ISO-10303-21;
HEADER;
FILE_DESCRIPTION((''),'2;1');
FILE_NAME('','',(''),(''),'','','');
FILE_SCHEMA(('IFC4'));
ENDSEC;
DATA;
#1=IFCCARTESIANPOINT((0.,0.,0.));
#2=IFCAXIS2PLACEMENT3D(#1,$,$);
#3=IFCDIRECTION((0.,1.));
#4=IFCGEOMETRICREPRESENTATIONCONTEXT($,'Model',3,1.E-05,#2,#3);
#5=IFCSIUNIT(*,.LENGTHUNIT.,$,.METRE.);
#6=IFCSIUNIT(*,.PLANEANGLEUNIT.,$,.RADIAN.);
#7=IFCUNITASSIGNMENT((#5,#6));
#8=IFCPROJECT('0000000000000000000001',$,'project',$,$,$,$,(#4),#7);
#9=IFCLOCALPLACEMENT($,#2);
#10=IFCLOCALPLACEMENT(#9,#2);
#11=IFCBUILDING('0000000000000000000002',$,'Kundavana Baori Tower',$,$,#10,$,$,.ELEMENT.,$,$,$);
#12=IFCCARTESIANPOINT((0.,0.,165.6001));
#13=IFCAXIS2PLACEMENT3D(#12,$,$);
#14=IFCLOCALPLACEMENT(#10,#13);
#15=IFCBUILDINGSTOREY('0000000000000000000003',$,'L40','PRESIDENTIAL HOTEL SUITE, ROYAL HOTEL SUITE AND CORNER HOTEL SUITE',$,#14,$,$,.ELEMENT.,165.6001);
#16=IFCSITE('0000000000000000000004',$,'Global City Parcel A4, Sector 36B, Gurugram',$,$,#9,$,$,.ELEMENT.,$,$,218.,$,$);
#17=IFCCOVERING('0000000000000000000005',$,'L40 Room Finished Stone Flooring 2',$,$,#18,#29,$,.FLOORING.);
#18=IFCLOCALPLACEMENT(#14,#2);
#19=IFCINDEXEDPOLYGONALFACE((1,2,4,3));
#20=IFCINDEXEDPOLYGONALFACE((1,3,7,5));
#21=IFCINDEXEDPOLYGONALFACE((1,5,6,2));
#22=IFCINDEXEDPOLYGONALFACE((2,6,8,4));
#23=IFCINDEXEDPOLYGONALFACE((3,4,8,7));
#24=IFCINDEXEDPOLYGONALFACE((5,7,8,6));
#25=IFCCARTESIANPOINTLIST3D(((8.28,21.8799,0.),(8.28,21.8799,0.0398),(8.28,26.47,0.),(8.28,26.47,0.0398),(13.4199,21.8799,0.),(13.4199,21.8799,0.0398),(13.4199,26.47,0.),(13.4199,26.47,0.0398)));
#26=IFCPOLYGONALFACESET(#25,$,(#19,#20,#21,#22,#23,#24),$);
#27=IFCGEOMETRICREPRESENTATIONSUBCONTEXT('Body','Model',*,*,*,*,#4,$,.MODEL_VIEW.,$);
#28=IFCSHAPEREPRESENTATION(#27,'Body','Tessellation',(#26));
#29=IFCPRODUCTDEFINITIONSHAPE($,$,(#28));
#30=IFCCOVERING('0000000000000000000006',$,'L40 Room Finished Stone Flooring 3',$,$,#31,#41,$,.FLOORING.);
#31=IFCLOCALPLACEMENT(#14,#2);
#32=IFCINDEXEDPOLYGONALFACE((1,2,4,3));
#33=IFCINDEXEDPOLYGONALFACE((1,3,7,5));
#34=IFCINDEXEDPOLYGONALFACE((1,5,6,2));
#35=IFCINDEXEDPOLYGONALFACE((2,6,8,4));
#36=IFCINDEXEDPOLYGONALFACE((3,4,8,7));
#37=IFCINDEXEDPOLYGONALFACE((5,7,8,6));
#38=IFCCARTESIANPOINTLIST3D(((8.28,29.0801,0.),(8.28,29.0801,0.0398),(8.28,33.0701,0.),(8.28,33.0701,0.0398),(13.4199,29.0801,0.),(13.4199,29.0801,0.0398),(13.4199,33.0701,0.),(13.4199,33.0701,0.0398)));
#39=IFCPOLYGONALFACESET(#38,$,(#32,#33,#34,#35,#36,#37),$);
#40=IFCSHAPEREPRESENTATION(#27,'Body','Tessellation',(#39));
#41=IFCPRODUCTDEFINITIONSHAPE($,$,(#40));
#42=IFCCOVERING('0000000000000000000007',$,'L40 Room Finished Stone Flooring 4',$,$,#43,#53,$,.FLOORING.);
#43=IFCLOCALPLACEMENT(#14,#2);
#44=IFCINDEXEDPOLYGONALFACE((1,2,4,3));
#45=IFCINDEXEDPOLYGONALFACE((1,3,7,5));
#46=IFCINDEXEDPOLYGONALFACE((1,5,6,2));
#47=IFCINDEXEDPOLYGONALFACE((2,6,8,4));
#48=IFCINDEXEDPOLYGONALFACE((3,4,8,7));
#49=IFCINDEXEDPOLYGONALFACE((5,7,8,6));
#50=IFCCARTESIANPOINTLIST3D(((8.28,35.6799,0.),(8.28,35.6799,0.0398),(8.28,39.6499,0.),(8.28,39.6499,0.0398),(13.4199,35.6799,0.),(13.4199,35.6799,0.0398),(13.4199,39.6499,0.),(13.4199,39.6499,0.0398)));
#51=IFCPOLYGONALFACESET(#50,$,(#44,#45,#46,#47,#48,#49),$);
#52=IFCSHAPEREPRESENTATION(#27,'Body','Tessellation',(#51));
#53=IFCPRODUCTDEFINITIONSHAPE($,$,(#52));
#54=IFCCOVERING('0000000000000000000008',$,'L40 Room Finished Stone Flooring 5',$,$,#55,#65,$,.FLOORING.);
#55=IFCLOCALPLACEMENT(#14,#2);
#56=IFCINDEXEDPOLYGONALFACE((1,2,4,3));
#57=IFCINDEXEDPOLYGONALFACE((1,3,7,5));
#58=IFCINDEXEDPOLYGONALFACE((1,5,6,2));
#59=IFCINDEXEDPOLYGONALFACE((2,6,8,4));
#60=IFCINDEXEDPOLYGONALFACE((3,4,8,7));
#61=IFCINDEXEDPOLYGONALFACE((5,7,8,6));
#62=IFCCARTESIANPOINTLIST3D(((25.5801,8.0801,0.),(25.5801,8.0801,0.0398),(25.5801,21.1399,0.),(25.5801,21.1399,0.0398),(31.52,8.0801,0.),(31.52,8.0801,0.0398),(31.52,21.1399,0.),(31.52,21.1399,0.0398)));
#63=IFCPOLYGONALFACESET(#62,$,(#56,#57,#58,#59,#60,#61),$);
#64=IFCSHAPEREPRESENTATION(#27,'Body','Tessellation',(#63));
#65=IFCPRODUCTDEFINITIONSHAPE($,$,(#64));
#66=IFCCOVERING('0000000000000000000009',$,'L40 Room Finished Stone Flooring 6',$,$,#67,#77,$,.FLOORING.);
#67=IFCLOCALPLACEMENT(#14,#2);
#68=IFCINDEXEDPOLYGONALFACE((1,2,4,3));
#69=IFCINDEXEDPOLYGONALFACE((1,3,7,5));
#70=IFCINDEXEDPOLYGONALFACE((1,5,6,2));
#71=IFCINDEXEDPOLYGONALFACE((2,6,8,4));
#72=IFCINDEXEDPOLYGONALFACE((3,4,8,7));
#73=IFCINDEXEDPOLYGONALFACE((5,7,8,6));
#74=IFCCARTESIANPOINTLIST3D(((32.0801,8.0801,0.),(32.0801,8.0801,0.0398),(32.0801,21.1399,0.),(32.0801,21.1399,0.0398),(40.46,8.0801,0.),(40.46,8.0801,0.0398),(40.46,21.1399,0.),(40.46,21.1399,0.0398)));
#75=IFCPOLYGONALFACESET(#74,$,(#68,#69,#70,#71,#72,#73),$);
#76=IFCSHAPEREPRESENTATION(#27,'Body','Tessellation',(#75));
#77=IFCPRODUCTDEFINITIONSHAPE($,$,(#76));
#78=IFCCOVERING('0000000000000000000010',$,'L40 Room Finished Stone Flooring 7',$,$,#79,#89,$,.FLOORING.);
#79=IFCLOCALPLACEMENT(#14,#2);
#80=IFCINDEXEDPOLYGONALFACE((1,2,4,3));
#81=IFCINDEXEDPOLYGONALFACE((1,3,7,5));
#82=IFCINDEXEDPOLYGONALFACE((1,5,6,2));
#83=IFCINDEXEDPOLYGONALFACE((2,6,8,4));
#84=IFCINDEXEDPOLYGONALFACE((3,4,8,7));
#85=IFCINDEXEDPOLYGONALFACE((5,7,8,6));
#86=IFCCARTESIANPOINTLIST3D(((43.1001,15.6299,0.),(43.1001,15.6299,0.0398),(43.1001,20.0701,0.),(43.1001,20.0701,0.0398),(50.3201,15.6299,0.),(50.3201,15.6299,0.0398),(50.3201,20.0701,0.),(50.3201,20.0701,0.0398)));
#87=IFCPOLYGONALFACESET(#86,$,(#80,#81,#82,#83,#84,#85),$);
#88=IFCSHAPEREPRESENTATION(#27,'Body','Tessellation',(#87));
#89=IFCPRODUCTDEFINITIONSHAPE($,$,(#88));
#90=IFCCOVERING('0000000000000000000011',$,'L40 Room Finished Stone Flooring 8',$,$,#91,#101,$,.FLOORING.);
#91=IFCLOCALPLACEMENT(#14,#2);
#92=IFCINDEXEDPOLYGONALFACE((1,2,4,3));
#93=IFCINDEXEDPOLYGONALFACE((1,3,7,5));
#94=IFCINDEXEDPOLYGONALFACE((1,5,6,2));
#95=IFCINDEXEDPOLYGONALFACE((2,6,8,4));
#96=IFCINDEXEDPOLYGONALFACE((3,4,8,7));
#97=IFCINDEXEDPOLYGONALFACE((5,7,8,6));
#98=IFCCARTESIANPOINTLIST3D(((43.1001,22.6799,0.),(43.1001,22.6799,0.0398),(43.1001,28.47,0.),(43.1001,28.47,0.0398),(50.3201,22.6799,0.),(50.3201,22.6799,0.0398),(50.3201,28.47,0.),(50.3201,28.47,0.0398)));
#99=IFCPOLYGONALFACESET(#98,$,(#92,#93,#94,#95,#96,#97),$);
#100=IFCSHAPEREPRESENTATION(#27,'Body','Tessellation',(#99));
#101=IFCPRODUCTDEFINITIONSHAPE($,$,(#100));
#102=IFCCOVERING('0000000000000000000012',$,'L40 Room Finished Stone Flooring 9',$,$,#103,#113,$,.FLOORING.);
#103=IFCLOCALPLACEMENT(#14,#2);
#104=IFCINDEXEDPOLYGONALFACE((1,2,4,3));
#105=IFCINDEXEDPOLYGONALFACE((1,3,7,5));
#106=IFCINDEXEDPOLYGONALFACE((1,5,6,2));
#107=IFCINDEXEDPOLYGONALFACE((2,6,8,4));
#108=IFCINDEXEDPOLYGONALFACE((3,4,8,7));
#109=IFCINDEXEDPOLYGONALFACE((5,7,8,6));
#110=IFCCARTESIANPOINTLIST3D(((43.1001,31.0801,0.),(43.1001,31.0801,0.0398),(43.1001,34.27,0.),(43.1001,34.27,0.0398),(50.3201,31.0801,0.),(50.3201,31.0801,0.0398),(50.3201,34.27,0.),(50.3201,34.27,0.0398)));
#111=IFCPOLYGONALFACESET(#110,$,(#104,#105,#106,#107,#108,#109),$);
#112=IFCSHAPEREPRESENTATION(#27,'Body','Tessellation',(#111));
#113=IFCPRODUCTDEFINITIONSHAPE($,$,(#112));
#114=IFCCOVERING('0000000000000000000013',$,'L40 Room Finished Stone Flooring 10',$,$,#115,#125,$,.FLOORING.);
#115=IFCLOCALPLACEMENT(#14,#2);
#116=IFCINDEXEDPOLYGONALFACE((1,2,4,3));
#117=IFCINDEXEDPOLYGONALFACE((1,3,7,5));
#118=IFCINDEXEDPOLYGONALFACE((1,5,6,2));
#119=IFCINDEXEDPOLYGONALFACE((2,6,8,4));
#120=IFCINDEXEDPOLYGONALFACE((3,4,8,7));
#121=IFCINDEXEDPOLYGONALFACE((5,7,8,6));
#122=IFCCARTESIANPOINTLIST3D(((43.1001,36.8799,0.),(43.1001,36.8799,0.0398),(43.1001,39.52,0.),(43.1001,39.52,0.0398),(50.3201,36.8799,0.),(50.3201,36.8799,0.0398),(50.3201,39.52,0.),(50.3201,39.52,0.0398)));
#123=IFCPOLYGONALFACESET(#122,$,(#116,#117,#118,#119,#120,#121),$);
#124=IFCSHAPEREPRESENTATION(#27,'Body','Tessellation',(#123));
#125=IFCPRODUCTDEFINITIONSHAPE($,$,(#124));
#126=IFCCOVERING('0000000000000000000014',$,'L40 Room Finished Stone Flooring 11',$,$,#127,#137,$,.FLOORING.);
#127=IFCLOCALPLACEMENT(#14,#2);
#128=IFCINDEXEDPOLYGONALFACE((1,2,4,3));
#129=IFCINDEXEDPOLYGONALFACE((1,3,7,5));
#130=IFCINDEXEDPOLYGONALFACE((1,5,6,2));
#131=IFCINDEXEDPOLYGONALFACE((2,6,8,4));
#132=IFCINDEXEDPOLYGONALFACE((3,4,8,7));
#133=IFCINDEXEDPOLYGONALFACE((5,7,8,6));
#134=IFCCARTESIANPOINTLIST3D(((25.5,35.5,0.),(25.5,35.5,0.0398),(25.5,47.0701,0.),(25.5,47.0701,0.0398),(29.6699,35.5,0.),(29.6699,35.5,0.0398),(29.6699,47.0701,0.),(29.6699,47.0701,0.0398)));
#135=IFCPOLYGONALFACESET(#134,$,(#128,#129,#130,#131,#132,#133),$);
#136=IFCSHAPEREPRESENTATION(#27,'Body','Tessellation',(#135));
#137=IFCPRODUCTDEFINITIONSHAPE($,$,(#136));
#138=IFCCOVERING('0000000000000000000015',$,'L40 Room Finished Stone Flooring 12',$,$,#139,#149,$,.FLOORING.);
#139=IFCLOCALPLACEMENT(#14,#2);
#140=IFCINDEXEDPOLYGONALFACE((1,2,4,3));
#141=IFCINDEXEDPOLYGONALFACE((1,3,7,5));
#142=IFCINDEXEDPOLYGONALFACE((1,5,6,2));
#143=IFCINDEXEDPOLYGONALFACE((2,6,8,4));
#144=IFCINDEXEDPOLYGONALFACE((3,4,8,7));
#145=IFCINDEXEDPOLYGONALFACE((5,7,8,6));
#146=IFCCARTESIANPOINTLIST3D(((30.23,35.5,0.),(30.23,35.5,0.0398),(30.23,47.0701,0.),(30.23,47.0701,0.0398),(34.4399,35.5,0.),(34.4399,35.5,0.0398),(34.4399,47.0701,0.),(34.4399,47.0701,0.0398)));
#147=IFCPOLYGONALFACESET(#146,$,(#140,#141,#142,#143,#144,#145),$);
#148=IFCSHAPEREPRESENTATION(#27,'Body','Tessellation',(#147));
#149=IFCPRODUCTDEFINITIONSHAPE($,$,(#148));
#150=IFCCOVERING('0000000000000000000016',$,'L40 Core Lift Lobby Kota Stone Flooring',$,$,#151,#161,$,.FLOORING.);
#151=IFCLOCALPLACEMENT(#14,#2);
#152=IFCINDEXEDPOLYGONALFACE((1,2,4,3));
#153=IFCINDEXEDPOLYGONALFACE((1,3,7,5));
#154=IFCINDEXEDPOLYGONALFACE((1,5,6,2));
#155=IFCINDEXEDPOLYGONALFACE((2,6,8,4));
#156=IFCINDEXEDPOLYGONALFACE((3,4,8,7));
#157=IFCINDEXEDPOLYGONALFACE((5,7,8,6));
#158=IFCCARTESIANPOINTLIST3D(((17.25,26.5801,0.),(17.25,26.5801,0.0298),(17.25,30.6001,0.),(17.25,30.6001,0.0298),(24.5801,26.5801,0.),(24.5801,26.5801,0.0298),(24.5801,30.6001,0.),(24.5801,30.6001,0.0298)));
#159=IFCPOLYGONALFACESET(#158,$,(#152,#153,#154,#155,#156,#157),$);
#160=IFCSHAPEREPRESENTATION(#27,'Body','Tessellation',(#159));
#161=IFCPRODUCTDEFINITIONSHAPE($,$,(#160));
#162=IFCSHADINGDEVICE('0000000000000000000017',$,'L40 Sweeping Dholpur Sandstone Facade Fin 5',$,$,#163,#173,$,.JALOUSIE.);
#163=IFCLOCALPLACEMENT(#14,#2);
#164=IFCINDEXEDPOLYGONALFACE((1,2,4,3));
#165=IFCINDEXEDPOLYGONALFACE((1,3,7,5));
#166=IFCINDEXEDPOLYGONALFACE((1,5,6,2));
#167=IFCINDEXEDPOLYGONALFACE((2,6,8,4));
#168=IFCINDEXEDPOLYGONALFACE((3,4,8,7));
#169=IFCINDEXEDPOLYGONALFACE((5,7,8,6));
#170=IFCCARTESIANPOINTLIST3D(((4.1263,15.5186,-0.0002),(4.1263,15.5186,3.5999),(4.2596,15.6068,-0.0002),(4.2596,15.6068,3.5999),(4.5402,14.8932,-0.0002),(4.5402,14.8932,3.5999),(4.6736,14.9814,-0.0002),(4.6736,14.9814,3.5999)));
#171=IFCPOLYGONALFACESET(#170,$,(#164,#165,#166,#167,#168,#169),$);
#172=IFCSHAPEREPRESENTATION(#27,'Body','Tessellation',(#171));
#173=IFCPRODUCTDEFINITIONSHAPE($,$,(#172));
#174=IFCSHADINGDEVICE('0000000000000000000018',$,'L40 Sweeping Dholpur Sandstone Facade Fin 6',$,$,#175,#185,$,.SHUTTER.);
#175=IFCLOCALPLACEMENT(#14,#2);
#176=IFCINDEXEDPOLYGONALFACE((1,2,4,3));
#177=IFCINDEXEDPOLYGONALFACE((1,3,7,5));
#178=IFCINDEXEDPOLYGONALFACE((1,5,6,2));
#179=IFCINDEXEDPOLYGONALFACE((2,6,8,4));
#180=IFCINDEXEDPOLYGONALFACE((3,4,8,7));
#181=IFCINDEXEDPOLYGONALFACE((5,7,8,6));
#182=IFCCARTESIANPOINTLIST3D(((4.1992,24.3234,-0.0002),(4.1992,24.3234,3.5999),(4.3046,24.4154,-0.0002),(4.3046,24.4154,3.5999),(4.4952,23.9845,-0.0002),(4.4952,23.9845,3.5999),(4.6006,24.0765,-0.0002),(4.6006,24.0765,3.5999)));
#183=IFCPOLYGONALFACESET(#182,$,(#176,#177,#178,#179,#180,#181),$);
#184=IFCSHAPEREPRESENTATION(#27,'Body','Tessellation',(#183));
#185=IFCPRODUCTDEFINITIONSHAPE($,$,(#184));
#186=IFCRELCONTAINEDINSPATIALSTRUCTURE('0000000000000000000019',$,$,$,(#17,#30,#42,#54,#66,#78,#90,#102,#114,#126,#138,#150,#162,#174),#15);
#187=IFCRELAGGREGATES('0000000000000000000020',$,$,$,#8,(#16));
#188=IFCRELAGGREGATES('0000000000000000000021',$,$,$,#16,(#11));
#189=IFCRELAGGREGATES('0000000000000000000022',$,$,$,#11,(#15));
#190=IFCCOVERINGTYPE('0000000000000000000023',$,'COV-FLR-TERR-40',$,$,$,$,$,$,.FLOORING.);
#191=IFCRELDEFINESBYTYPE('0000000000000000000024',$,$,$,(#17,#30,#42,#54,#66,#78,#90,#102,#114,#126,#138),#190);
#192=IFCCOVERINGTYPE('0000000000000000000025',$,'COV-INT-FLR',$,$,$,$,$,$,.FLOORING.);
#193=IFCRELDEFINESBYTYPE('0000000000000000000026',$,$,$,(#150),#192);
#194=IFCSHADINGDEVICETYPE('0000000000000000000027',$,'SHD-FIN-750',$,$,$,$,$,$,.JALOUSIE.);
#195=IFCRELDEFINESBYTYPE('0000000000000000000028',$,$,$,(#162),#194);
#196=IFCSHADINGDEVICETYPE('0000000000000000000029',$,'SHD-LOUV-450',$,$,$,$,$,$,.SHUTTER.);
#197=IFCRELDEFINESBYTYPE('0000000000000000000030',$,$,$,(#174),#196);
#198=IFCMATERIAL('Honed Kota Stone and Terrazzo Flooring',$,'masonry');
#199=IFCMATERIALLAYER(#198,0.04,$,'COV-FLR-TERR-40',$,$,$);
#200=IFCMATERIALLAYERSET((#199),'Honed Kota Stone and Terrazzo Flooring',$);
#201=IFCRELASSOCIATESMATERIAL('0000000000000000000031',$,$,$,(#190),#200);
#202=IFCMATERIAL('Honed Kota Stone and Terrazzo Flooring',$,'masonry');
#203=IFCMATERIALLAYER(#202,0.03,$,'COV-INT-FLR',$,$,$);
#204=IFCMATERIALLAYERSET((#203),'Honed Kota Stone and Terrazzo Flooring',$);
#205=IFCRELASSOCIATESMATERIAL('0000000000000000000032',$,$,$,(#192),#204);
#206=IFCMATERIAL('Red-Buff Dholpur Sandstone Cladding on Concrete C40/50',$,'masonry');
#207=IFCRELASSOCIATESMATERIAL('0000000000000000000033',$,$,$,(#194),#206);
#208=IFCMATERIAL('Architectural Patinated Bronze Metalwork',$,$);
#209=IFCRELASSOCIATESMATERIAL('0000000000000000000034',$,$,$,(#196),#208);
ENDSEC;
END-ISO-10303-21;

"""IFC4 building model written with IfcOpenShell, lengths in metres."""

from ifc_helpers import new_model, si_unit, direction, frame, origin, origin_2d, place, context, subcontext, project, spatial, polyline, rectangle, outline, extrude, material, layer, layer_set, type_object, element, save


model = new_model("IFC4")

# Units and contexts
model_context = context("Model", 3, precision=1e-05, world=origin(), true_north=direction((0.0, 1.0)))
body_context = subcontext(model_context, "Body", "Model", "MODEL_VIEW")
ifc_project = project(units=[si_unit("LENGTHUNIT", "METRE"), si_unit("PLANEANGLEUNIT", "RADIAN")], contexts=[model_context])

# Site, building, storey
site_placement = place(None, origin())
site = spatial("IfcSite", under=ifc_project, at=site_placement, Name="Global City Parcel A4, Sector 36B, Gurugram", CompositionType="ELEMENT", RefElevation=218.0)
building_placement = place(site_placement, origin())
building = spatial("IfcBuilding", under=site, at=building_placement, Name="Kundavana Baori Tower", CompositionType="ELEMENT")
storey_placement = place(building_placement, frame((0.0, 0.0, 165.6001)))
storey = spatial("IfcBuildingStorey", under=building, at=storey_placement, Name="L40", Description="PRESIDENTIAL HOTEL SUITE, ROYAL HOTEL SUITE AND CORNER HOTEL SUITE", CompositionType="ELEMENT", Elevation=165.6001)

# Coverings
ifc_material_1 = material(Name="Honed Kota Stone and Terrazzo Flooring", Category="masonry")
ifc_layer_1 = layer(ifc_material_1, 0.04, Name="COV-FLR-TERR-40")
ifc_layer_set_1 = layer_set([ifc_layer_1], Name="Honed Kota Stone and Terrazzo Flooring")
covering_type_1 = type_object("IfcCoveringType", Name="COV-FLR-TERR-40", PredefinedType="FLOORING", material=ifc_layer_set_1)
covering_1_placement = place(storey_placement, origin())
element("IfcCovering", 1, at=covering_1_placement, inside=storey, type_object=covering_type_1, Name="L40 Room Finished Stone Flooring 2", PredefinedType="FLOORING", context=body_context, shape_type="SweptSolid", body=[
    extrude(outline(polyline([(8.28, 21.8799), (13.4199, 21.8799), (13.4199, 26.47), (8.28, 26.47), (8.28, 21.8799)])), origin(), (0.0, 0.0, 1.0), 0.0398),
])
covering_2_placement = place(storey_placement, origin())
element("IfcCovering", 2, at=covering_2_placement, inside=storey, type_object=covering_type_1, Name="L40 Room Finished Stone Flooring 3", PredefinedType="FLOORING", context=body_context, shape_type="SweptSolid", body=[
    extrude(outline(polyline([(8.28, 29.0801), (13.4199, 29.0801), (13.4199, 33.0701), (8.28, 33.0701), (8.28, 29.0801)])), origin(), (0.0, 0.0, 1.0), 0.0398),
])
covering_3_placement = place(storey_placement, origin())
element("IfcCovering", 3, at=covering_3_placement, inside=storey, type_object=covering_type_1, Name="L40 Room Finished Stone Flooring 4", PredefinedType="FLOORING", context=body_context, shape_type="SweptSolid", body=[
    extrude(outline(polyline([(8.28, 35.6799), (13.4199, 35.6799), (13.4199, 39.6499), (8.28, 39.6499), (8.28, 35.6799)])), origin(), (0.0, 0.0, 1.0), 0.0398),
])
covering_4_placement = place(storey_placement, origin())
element("IfcCovering", 4, at=covering_4_placement, inside=storey, type_object=covering_type_1, Name="L40 Room Finished Stone Flooring 5", PredefinedType="FLOORING", context=body_context, shape_type="SweptSolid", body=[
    extrude(outline(polyline([(25.5801, 8.0801), (31.52, 8.0801), (31.52, 21.1399), (25.5801, 21.1399), (25.5801, 8.0801)])), origin(), (0.0, 0.0, 1.0), 0.0398),
])
covering_5_placement = place(storey_placement, origin())
element("IfcCovering", 5, at=covering_5_placement, inside=storey, type_object=covering_type_1, Name="L40 Room Finished Stone Flooring 6", PredefinedType="FLOORING", context=body_context, shape_type="SweptSolid", body=[
    extrude(outline(polyline([(32.0801, 8.0801), (40.46, 8.0801), (40.46, 21.1399), (32.0801, 21.1399), (32.0801, 8.0801)])), origin(), (0.0, 0.0, 1.0), 0.0398),
])
covering_6_placement = place(storey_placement, origin())
element("IfcCovering", 6, at=covering_6_placement, inside=storey, type_object=covering_type_1, Name="L40 Room Finished Stone Flooring 7", PredefinedType="FLOORING", context=body_context, shape_type="SweptSolid", body=[
    extrude(outline(polyline([(43.1001, 15.6299), (50.3201, 15.6299), (50.3201, 20.0701), (43.1001, 20.0701), (43.1001, 15.6299)])), origin(), (0.0, 0.0, 1.0), 0.0398),
])
covering_7_placement = place(storey_placement, origin())
element("IfcCovering", 7, at=covering_7_placement, inside=storey, type_object=covering_type_1, Name="L40 Room Finished Stone Flooring 8", PredefinedType="FLOORING", context=body_context, shape_type="SweptSolid", body=[
    extrude(outline(polyline([(43.1001, 22.6799), (50.3201, 22.6799), (50.3201, 28.47), (43.1001, 28.47), (43.1001, 22.6799)])), origin(), (0.0, 0.0, 1.0), 0.0398),
])
covering_8_placement = place(storey_placement, origin())
element("IfcCovering", 8, at=covering_8_placement, inside=storey, type_object=covering_type_1, Name="L40 Room Finished Stone Flooring 9", PredefinedType="FLOORING", context=body_context, shape_type="SweptSolid", body=[
    extrude(outline(polyline([(43.1001, 31.0801), (50.3201, 31.0801), (50.3201, 34.27), (43.1001, 34.27), (43.1001, 31.0801)])), origin(), (0.0, 0.0, 1.0), 0.0398),
])
covering_9_placement = place(storey_placement, origin())
element("IfcCovering", 9, at=covering_9_placement, inside=storey, type_object=covering_type_1, Name="L40 Room Finished Stone Flooring 10", PredefinedType="FLOORING", context=body_context, shape_type="SweptSolid", body=[
    extrude(outline(polyline([(43.1001, 36.8799), (50.3201, 36.8799), (50.3201, 39.52), (43.1001, 39.52), (43.1001, 36.8799)])), origin(), (0.0, 0.0, 1.0), 0.0398),
])
covering_10_placement = place(storey_placement, origin())
element("IfcCovering", 10, at=covering_10_placement, inside=storey, type_object=covering_type_1, Name="L40 Room Finished Stone Flooring 11", PredefinedType="FLOORING", context=body_context, shape_type="SweptSolid", body=[
    extrude(outline(polyline([(25.5, 35.5), (29.6699, 35.5), (29.6699, 47.0701), (25.5, 47.0701), (25.5, 35.5)])), origin(), (0.0, 0.0, 1.0), 0.0398),
])
covering_11_placement = place(storey_placement, origin())
element("IfcCovering", 11, at=covering_11_placement, inside=storey, type_object=covering_type_1, Name="L40 Room Finished Stone Flooring 12", PredefinedType="FLOORING", context=body_context, shape_type="SweptSolid", body=[
    extrude(outline(polyline([(30.23, 35.5), (34.4399, 35.5), (34.4399, 47.0701), (30.23, 47.0701), (30.23, 35.5)])), origin(), (0.0, 0.0, 1.0), 0.0398),
])
ifc_material_2 = material(Name="Honed Kota Stone and Terrazzo Flooring", Category="masonry")
ifc_layer_2 = layer(ifc_material_2, 0.03, Name="COV-INT-FLR")
ifc_layer_set_2 = layer_set([ifc_layer_2], Name="Honed Kota Stone and Terrazzo Flooring")
covering_type_2 = type_object("IfcCoveringType", Name="COV-INT-FLR", PredefinedType="FLOORING", material=ifc_layer_set_2)
covering_12_placement = place(storey_placement, origin())
element("IfcCovering", 12, at=covering_12_placement, inside=storey, type_object=covering_type_2, Name="L40 Core Lift Lobby Kota Stone Flooring", PredefinedType="FLOORING", context=body_context, shape_type="SweptSolid", body=[
    extrude(outline(polyline([(17.25, 26.5801), (24.5801, 26.5801), (24.5801, 30.6001), (17.25, 30.6001), (17.25, 26.5801)])), origin(), (0.0, 0.0, 1.0), 0.0298),
])

# Shading devices
ifc_material_3 = material(Name="Red-Buff Dholpur Sandstone Cladding on Concrete C40/50", Category="masonry")
shading_device_type_1 = type_object("IfcShadingDeviceType", Name="SHD-FIN-750", PredefinedType="JALOUSIE", material=ifc_material_3)
shading_device_1_placement = place(storey_placement, frame((4.3999, 15.25, -0.0002), z_axis=(0.0, 0.0, 1.0), x_axis=(0.833886, 0.551937, 0.0)))
element("IfcShadingDevice", 13, at=shading_device_1_placement, inside=storey, type_object=shading_device_type_1, Name="L40 Sweeping Dholpur Sandstone Facade Fin 5", PredefinedType="JALOUSIE", context=body_context, shape_type="SweptSolid", body=[
    extrude(rectangle(XDim=0.1599, YDim=0.75, at=origin_2d()), origin(), (0.0, 0.0, 1.0), 3.6001),
])
ifc_material_4 = material(Name="Architectural Patinated Bronze Metalwork")
shading_device_type_2 = type_object("IfcShadingDeviceType", Name="SHD-LOUV-450", PredefinedType="SHUTTER", material=ifc_material_4)
shading_device_2_placement = place(storey_placement, frame((4.3999, 24.2, -0.0002), z_axis=(0.0, 0.0, 1.0), x_axis=(0.753219, 0.65777, 0.0)))
element("IfcShadingDevice", 14, at=shading_device_2_placement, inside=storey, type_object=shading_device_type_2, Name="L40 Sweeping Dholpur Sandstone Facade Fin 6", PredefinedType="SHUTTER", context=body_context, shape_type="SweptSolid", body=[
    extrude(rectangle(XDim=0.1399, YDim=0.45, at=origin_2d()), origin(), (0.0, 0.0, 1.0), 3.6001),
])

save(model, "model.ifc")
